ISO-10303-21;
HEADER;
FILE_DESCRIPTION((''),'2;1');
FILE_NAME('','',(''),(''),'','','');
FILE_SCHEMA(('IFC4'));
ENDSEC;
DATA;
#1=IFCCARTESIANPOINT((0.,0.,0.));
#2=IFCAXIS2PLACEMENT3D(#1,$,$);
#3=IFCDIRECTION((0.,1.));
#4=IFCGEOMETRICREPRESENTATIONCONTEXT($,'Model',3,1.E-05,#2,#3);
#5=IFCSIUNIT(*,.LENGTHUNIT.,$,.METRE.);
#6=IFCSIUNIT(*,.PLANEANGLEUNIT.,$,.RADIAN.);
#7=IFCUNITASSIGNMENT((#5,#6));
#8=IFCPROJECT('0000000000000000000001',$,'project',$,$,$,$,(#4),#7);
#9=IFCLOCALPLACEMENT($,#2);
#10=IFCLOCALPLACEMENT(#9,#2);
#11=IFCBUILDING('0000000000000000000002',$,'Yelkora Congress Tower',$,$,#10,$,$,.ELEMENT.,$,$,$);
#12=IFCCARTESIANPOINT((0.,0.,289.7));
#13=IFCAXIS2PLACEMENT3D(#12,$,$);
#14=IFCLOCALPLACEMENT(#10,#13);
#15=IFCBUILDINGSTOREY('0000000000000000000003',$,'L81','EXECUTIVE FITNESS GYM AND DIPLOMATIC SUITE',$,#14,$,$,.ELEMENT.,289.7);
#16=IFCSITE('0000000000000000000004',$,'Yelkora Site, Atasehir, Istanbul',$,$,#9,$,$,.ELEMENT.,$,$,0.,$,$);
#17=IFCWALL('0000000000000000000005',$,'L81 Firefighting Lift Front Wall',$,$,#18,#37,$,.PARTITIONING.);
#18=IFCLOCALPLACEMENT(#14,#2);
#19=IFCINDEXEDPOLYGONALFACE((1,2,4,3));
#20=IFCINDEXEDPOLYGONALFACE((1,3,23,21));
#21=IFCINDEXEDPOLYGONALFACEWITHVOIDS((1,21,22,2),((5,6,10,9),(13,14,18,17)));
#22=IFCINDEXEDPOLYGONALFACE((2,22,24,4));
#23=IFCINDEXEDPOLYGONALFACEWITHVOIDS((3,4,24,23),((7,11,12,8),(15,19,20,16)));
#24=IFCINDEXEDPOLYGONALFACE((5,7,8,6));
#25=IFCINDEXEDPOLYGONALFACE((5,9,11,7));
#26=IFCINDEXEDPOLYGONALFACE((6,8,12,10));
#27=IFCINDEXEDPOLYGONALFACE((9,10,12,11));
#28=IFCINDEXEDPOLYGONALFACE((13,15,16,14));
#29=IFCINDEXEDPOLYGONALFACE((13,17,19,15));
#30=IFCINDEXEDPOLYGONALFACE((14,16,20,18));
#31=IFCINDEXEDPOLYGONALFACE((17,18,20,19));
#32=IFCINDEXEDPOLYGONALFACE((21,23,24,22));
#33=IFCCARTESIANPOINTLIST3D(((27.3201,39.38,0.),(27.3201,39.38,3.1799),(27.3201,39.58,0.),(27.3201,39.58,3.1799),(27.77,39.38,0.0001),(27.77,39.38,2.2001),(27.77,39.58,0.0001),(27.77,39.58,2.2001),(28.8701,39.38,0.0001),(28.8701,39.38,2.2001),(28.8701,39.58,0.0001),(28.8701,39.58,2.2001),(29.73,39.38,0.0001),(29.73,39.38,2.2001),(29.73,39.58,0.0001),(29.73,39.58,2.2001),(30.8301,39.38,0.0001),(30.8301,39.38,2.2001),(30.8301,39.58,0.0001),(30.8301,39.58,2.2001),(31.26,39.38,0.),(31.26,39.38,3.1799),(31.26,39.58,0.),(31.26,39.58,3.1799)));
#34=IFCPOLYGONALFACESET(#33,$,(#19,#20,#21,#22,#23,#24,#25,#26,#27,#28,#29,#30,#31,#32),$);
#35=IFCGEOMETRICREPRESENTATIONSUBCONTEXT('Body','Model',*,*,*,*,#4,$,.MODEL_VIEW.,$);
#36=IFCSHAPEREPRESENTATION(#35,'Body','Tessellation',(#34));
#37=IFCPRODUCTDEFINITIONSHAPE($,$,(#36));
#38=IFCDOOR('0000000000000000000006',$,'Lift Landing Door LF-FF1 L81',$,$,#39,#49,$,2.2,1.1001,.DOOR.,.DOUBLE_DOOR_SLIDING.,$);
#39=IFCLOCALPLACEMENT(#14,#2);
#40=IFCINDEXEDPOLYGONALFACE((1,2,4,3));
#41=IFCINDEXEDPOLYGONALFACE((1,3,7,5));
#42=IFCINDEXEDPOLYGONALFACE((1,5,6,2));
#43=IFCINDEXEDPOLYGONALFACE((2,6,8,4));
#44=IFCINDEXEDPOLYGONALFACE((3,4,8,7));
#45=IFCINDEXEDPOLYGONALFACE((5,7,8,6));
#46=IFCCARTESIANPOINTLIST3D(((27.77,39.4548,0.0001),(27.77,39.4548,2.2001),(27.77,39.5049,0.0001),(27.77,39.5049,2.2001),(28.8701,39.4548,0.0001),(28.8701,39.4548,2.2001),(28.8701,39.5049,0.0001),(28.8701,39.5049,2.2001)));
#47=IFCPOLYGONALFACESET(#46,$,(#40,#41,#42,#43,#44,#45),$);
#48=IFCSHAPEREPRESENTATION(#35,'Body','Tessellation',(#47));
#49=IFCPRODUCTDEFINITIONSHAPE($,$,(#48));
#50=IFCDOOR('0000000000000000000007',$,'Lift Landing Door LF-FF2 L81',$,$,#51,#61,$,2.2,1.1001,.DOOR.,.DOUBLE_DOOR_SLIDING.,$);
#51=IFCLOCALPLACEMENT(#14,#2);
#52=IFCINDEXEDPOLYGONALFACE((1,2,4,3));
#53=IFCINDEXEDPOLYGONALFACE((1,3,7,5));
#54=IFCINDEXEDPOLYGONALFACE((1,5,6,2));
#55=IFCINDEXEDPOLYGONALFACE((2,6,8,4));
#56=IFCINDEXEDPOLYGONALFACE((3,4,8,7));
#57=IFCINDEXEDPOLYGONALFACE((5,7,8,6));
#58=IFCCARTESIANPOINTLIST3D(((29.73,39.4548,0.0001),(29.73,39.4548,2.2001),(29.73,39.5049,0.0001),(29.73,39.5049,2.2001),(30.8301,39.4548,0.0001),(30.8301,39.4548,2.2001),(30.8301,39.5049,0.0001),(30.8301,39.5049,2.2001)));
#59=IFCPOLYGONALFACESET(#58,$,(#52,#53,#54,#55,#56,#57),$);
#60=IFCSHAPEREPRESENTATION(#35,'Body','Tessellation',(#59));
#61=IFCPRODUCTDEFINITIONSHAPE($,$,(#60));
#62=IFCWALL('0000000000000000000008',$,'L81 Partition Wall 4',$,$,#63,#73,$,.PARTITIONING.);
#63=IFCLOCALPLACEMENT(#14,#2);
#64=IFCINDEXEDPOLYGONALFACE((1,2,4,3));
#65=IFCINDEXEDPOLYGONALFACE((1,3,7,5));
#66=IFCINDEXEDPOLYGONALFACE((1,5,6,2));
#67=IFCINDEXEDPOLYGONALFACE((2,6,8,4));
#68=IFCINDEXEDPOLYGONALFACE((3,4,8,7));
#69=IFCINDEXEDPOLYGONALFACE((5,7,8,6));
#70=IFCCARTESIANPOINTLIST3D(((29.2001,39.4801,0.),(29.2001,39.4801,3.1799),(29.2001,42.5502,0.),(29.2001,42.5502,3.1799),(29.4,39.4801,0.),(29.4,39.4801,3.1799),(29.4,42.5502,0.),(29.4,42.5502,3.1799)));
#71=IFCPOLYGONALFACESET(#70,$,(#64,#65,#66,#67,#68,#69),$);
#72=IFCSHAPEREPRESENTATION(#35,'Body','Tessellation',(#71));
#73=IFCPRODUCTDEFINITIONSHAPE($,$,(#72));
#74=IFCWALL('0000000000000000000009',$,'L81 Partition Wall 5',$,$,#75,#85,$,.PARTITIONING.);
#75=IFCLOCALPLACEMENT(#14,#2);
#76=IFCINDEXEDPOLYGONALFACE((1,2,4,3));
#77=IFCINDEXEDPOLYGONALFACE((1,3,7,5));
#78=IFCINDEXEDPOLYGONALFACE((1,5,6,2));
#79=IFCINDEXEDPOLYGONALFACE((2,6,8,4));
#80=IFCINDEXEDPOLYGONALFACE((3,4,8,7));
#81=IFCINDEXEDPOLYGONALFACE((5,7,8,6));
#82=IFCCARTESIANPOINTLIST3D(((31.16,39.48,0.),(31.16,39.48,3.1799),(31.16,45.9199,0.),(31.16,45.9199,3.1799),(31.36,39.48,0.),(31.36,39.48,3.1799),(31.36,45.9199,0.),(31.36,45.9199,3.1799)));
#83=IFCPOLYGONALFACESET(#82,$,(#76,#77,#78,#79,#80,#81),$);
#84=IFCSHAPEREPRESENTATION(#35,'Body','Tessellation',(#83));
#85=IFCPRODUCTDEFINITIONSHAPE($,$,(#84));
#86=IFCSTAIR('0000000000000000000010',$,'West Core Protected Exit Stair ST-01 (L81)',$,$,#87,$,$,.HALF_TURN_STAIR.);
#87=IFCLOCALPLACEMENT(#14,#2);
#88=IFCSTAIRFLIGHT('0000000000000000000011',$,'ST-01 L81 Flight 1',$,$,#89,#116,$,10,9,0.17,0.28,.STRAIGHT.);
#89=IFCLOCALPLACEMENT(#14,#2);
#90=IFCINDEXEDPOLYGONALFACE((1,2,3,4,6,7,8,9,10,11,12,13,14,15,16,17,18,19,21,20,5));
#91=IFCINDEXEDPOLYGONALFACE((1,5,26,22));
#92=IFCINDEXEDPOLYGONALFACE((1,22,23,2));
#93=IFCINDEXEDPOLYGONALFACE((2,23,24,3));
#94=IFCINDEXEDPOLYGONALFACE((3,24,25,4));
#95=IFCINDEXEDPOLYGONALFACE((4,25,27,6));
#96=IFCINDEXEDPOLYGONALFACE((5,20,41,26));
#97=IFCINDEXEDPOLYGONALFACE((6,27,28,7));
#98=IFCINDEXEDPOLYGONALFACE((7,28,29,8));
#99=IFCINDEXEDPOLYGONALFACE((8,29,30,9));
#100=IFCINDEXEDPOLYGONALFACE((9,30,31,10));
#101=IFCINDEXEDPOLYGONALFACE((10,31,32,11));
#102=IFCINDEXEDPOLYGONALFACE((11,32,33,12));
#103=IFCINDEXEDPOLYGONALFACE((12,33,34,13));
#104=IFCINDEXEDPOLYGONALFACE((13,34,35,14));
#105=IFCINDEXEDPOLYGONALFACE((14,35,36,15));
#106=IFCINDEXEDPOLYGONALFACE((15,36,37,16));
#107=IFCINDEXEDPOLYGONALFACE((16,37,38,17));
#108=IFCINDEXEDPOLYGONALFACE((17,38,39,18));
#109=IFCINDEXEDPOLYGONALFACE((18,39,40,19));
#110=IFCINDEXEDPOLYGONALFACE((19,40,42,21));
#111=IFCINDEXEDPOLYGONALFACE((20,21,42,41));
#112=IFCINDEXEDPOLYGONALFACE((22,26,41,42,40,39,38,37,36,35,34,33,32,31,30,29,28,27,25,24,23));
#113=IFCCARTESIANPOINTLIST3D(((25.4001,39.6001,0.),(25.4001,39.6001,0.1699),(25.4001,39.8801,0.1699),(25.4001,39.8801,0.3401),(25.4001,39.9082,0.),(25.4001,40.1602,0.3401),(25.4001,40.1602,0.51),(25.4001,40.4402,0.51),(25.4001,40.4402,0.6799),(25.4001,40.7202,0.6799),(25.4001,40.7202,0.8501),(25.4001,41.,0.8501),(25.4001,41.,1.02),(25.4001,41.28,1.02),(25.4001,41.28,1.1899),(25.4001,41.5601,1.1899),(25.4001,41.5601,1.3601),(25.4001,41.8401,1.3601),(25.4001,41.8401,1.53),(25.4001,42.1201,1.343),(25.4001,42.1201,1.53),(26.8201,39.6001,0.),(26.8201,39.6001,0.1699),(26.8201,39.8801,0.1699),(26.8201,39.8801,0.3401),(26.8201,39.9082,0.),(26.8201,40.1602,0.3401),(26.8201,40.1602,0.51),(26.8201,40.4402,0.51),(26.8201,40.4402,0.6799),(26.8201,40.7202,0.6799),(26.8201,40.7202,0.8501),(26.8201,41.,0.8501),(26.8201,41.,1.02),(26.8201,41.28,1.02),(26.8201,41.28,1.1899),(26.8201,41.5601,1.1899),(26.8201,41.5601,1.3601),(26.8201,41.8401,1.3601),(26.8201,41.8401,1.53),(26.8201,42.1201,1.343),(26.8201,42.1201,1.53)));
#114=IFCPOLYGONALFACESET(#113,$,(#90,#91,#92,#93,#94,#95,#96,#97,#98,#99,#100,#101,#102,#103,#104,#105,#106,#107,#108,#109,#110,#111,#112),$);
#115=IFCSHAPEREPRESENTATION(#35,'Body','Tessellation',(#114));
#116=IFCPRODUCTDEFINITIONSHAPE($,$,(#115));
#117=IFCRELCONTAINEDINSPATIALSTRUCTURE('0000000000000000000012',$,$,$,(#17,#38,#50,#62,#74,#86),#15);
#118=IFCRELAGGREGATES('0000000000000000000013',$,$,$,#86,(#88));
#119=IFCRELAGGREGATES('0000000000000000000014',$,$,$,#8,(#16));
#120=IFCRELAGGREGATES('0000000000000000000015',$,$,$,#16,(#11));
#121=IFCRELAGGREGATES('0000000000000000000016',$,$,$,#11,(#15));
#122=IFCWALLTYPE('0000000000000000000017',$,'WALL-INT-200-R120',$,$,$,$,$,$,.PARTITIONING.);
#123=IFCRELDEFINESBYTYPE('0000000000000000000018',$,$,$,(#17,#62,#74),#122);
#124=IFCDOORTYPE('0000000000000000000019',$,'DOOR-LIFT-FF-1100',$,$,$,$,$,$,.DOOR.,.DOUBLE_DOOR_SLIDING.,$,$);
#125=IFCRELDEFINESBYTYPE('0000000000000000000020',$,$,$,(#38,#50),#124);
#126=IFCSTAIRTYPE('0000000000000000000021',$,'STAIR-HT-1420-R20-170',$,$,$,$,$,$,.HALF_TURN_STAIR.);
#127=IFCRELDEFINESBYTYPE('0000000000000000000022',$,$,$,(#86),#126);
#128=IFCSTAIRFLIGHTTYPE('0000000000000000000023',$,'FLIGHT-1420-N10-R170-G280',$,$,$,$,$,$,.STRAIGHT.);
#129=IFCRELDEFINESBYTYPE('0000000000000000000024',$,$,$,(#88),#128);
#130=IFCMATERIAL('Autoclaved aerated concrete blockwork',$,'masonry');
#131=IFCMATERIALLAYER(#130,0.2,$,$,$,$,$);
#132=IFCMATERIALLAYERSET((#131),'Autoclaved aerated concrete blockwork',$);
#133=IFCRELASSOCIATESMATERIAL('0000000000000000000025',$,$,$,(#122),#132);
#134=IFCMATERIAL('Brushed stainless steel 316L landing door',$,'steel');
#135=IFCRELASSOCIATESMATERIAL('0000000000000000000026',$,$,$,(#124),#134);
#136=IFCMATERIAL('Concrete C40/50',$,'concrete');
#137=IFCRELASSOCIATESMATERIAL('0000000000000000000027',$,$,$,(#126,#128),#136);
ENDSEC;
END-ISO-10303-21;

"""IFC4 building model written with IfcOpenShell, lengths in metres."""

from ifc_helpers import new_model, si_unit, direction, frame, frame_2d, origin, place, context, subcontext, project, spatial, polyline, rectangle, outline, extrude, material, layer, layer_set, type_object, element, fill, aggregate, save


model = new_model("IFC4")

# Units and contexts
model_context = context("Model", 3, precision=1e-05, world=origin(), true_north=direction((0.0, 1.0)))
body_context = subcontext(model_context, "Body", "Model", "MODEL_VIEW")
ifc_project = project(units=[si_unit("LENGTHUNIT", "METRE"), si_unit("PLANEANGLEUNIT", "RADIAN")], contexts=[model_context])

# Site, building, storey
site_placement = place(None, origin())
site = spatial("IfcSite", under=ifc_project, at=site_placement, Name="Yelkora Site, Atasehir, Istanbul", CompositionType="ELEMENT", RefElevation=0.0)
building_placement = place(site_placement, origin())
building = spatial("IfcBuilding", under=site, at=building_placement, Name="Yelkora Congress Tower", CompositionType="ELEMENT")
storey_placement = place(building_placement, frame((0.0, 0.0, 289.7)))
storey = spatial("IfcBuildingStorey", under=building, at=storey_placement, Name="L81", Description="EXECUTIVE FITNESS GYM AND DIPLOMATIC SUITE", CompositionType="ELEMENT", Elevation=289.7)

# Shared definitions
ifc_material_1 = material(Name="Autoclaved aerated concrete blockwork", Category="masonry")
ifc_layer_1 = layer(ifc_material_1, 0.2)
ifc_layer_set_1 = layer_set([ifc_layer_1], Name="Autoclaved aerated concrete blockwork")
wall_type_1 = type_object("IfcWallType", Name="WALL-INT-200-R120", PredefinedType="PARTITIONING", material=ifc_layer_set_1)

# Wall, openings, doors
wall_1_placement = place(storey_placement, frame((27.3201, 39.48, 0.0), z_axis=(0.0, 0.0, 1.0), x_axis=(1.0, 0.0, 0.0)))
wall_1 = element("IfcWall", 1, at=wall_1_placement, inside=storey, type_object=wall_type_1, Name="L81 Firefighting Lift Front Wall", PredefinedType="PARTITIONING", context=body_context, shape_type="SweptSolid", body=[
    extrude(rectangle(XDim=3.9399, YDim=0.2, at=frame_2d((1.97, 0.0))), origin(), (0.0, 0.0, 1.0), 3.1799),
])
opening_1_placement = place(wall_1_placement, frame((0.45, 0.0, 0.0)))
opening_1 = element("IfcOpeningElement", 2, at=opening_1_placement, cuts=wall_1, PredefinedType="OPENING", context=body_context, shape_type="SweptSolid", body=[
    extrude(rectangle(XDim=1.1001, YDim=2.2, at=frame_2d((0.55, 1.1001))), frame((0.0, 0.1099, 0.0), z_axis=(0.0, -1.0, 0.0), x_axis=(1.0, 0.0, 0.0)), (0.0, 0.0, 1.0), 0.22),
])
opening_2_placement = place(wall_1_placement, frame((2.4099, 0.0, 0.0)))
opening_2 = element("IfcOpeningElement", 3, at=opening_2_placement, cuts=wall_1, PredefinedType="OPENING", context=body_context, shape_type="SweptSolid", body=[
    extrude(rectangle(XDim=1.1001, YDim=2.2, at=frame_2d((0.55, 1.1001))), frame((0.0, 0.1099, 0.0), z_axis=(0.0, -1.0, 0.0), x_axis=(1.0, 0.0, 0.0)), (0.0, 0.0, 1.0), 0.22),
])
ifc_material_2 = material(Name="Brushed stainless steel 316L landing door", Category="steel")
door_type_1 = type_object("IfcDoorType", Name="DOOR-LIFT-FF-1100", OperationType="DOUBLE_DOOR_SLIDING", PredefinedType="DOOR", material=ifc_material_2)
door_1_placement = place(opening_1_placement, origin())
door_1 = element("IfcDoor", 4, at=door_1_placement, inside=storey, type_object=door_type_1, Name="Lift Landing Door LF-FF1 L81", OperationType="DOUBLE_DOOR_SLIDING", OverallHeight=2.2, OverallWidth=1.1001, PredefinedType="DOOR", context=body_context, shape_type="SweptSolid", body=[
    extrude(rectangle(XDim=1.1001, YDim=2.2, at=frame_2d((0.55, 1.1001))), frame((0.0, 0.0249, 0.0), z_axis=(0.0, -1.0, 0.0), x_axis=(1.0, 0.0, 0.0)), (0.0, 0.0, 1.0), 0.05),
])
fill(opening_1, door_1)
door_2_placement = place(opening_2_placement, origin())
door_2 = element("IfcDoor", 5, at=door_2_placement, inside=storey, type_object=door_type_1, Name="Lift Landing Door LF-FF2 L81", OperationType="DOUBLE_DOOR_SLIDING", OverallHeight=2.2, OverallWidth=1.1001, PredefinedType="DOOR", context=body_context, shape_type="SweptSolid", body=[
    extrude(rectangle(XDim=1.1001, YDim=2.2, at=frame_2d((0.55, 1.1001))), frame((0.0, 0.0249, 0.0), z_axis=(0.0, -1.0, 0.0), x_axis=(1.0, 0.0, 0.0)), (0.0, 0.0, 1.0), 0.05),
])
fill(opening_2, door_2)

# Walls
wall_2_placement = place(storey_placement, frame((29.3, 39.48, 0.0), z_axis=(0.0, 0.0, 1.0), x_axis=(0.0, 1.0, 0.0)))
element("IfcWall", 6, at=wall_2_placement, inside=storey, type_object=wall_type_1, Name="L81 Partition Wall 4", PredefinedType="PARTITIONING", context=body_context, shape_type="SweptSolid", body=[
    extrude(rectangle(XDim=3.0701, YDim=0.2, at=frame_2d((1.5352, 0.0))), origin(), (0.0, 0.0, 1.0), 3.1799),
])
wall_3_placement = place(storey_placement, frame((31.26, 39.48, 0.0), z_axis=(0.0, 0.0, 1.0), x_axis=(0.0, 1.0, 0.0)))
element("IfcWall", 7, at=wall_3_placement, inside=storey, type_object=wall_type_1, Name="L81 Partition Wall 5", PredefinedType="PARTITIONING", context=body_context, shape_type="SweptSolid", body=[
    extrude(rectangle(XDim=6.4399, YDim=0.2, at=frame_2d((3.22, 0.0))), origin(), (0.0, 0.0, 1.0), 3.1799),
])

# Stair, stair flight
ifc_material_3 = material(Name="Concrete C40/50", Category="concrete")
stair_type = type_object("IfcStairType", Name="STAIR-HT-1420-R20-170", PredefinedType="HALF_TURN_STAIR", material=ifc_material_3)
stair_placement = place(storey_placement, origin())
stair = element("IfcStair", 8, at=stair_placement, inside=storey, type_object=stair_type, Name="West Core Protected Exit Stair ST-01 (L81)", PredefinedType="HALF_TURN_STAIR")
stair_flight_type = type_object("IfcStairFlightType", Name="FLIGHT-1420-N10-R170-G280", PredefinedType="STRAIGHT", material=ifc_material_3)
stair_flight_placement = place(storey_placement, frame((26.1101, 39.6001, 0.0), z_axis=(0.0, 0.0, 1.0), x_axis=(0.0, 1.0, 0.0)))
stair_flight = element("IfcStairFlight", 9, at=stair_flight_placement, type_object=stair_flight_type, Name="ST-01 L81 Flight 1", NumberOfRisers=10, NumberOfTreads=9, PredefinedType="STRAIGHT", RiserHeight=0.17, TreadLength=0.28, context=body_context, shape_type="SweptSolid", body=[
    extrude(outline(polyline([(0.0, 0.0), (0.0, 0.1699), (0.28, 0.1699), (0.28, 0.3401), (0.5601, 0.3401), (0.5601, 0.51), (0.8401, 0.51), (0.8401, 0.6799), (1.1201, 0.6799), (1.1201, 0.8501), (1.3999, 0.8501), (1.3999, 1.02), (1.6799, 1.02), (1.6799, 1.1899), (1.96, 1.1899), (1.96, 1.3601), (2.24, 1.3601), (2.24, 1.53), (2.52, 1.53), (2.52, 1.7), (2.52, 1.343), (0.3081, 0.0), (0.0, 0.0)])), frame((0.0, 0.71, 0.0), z_axis=(0.0, -1.0, 0.0), x_axis=(1.0, 0.0, 0.0)), (0.0, 0.0, 1.0), 1.4199),
])
aggregate(stair, [stair_flight])

save(model, "model.ifc")
